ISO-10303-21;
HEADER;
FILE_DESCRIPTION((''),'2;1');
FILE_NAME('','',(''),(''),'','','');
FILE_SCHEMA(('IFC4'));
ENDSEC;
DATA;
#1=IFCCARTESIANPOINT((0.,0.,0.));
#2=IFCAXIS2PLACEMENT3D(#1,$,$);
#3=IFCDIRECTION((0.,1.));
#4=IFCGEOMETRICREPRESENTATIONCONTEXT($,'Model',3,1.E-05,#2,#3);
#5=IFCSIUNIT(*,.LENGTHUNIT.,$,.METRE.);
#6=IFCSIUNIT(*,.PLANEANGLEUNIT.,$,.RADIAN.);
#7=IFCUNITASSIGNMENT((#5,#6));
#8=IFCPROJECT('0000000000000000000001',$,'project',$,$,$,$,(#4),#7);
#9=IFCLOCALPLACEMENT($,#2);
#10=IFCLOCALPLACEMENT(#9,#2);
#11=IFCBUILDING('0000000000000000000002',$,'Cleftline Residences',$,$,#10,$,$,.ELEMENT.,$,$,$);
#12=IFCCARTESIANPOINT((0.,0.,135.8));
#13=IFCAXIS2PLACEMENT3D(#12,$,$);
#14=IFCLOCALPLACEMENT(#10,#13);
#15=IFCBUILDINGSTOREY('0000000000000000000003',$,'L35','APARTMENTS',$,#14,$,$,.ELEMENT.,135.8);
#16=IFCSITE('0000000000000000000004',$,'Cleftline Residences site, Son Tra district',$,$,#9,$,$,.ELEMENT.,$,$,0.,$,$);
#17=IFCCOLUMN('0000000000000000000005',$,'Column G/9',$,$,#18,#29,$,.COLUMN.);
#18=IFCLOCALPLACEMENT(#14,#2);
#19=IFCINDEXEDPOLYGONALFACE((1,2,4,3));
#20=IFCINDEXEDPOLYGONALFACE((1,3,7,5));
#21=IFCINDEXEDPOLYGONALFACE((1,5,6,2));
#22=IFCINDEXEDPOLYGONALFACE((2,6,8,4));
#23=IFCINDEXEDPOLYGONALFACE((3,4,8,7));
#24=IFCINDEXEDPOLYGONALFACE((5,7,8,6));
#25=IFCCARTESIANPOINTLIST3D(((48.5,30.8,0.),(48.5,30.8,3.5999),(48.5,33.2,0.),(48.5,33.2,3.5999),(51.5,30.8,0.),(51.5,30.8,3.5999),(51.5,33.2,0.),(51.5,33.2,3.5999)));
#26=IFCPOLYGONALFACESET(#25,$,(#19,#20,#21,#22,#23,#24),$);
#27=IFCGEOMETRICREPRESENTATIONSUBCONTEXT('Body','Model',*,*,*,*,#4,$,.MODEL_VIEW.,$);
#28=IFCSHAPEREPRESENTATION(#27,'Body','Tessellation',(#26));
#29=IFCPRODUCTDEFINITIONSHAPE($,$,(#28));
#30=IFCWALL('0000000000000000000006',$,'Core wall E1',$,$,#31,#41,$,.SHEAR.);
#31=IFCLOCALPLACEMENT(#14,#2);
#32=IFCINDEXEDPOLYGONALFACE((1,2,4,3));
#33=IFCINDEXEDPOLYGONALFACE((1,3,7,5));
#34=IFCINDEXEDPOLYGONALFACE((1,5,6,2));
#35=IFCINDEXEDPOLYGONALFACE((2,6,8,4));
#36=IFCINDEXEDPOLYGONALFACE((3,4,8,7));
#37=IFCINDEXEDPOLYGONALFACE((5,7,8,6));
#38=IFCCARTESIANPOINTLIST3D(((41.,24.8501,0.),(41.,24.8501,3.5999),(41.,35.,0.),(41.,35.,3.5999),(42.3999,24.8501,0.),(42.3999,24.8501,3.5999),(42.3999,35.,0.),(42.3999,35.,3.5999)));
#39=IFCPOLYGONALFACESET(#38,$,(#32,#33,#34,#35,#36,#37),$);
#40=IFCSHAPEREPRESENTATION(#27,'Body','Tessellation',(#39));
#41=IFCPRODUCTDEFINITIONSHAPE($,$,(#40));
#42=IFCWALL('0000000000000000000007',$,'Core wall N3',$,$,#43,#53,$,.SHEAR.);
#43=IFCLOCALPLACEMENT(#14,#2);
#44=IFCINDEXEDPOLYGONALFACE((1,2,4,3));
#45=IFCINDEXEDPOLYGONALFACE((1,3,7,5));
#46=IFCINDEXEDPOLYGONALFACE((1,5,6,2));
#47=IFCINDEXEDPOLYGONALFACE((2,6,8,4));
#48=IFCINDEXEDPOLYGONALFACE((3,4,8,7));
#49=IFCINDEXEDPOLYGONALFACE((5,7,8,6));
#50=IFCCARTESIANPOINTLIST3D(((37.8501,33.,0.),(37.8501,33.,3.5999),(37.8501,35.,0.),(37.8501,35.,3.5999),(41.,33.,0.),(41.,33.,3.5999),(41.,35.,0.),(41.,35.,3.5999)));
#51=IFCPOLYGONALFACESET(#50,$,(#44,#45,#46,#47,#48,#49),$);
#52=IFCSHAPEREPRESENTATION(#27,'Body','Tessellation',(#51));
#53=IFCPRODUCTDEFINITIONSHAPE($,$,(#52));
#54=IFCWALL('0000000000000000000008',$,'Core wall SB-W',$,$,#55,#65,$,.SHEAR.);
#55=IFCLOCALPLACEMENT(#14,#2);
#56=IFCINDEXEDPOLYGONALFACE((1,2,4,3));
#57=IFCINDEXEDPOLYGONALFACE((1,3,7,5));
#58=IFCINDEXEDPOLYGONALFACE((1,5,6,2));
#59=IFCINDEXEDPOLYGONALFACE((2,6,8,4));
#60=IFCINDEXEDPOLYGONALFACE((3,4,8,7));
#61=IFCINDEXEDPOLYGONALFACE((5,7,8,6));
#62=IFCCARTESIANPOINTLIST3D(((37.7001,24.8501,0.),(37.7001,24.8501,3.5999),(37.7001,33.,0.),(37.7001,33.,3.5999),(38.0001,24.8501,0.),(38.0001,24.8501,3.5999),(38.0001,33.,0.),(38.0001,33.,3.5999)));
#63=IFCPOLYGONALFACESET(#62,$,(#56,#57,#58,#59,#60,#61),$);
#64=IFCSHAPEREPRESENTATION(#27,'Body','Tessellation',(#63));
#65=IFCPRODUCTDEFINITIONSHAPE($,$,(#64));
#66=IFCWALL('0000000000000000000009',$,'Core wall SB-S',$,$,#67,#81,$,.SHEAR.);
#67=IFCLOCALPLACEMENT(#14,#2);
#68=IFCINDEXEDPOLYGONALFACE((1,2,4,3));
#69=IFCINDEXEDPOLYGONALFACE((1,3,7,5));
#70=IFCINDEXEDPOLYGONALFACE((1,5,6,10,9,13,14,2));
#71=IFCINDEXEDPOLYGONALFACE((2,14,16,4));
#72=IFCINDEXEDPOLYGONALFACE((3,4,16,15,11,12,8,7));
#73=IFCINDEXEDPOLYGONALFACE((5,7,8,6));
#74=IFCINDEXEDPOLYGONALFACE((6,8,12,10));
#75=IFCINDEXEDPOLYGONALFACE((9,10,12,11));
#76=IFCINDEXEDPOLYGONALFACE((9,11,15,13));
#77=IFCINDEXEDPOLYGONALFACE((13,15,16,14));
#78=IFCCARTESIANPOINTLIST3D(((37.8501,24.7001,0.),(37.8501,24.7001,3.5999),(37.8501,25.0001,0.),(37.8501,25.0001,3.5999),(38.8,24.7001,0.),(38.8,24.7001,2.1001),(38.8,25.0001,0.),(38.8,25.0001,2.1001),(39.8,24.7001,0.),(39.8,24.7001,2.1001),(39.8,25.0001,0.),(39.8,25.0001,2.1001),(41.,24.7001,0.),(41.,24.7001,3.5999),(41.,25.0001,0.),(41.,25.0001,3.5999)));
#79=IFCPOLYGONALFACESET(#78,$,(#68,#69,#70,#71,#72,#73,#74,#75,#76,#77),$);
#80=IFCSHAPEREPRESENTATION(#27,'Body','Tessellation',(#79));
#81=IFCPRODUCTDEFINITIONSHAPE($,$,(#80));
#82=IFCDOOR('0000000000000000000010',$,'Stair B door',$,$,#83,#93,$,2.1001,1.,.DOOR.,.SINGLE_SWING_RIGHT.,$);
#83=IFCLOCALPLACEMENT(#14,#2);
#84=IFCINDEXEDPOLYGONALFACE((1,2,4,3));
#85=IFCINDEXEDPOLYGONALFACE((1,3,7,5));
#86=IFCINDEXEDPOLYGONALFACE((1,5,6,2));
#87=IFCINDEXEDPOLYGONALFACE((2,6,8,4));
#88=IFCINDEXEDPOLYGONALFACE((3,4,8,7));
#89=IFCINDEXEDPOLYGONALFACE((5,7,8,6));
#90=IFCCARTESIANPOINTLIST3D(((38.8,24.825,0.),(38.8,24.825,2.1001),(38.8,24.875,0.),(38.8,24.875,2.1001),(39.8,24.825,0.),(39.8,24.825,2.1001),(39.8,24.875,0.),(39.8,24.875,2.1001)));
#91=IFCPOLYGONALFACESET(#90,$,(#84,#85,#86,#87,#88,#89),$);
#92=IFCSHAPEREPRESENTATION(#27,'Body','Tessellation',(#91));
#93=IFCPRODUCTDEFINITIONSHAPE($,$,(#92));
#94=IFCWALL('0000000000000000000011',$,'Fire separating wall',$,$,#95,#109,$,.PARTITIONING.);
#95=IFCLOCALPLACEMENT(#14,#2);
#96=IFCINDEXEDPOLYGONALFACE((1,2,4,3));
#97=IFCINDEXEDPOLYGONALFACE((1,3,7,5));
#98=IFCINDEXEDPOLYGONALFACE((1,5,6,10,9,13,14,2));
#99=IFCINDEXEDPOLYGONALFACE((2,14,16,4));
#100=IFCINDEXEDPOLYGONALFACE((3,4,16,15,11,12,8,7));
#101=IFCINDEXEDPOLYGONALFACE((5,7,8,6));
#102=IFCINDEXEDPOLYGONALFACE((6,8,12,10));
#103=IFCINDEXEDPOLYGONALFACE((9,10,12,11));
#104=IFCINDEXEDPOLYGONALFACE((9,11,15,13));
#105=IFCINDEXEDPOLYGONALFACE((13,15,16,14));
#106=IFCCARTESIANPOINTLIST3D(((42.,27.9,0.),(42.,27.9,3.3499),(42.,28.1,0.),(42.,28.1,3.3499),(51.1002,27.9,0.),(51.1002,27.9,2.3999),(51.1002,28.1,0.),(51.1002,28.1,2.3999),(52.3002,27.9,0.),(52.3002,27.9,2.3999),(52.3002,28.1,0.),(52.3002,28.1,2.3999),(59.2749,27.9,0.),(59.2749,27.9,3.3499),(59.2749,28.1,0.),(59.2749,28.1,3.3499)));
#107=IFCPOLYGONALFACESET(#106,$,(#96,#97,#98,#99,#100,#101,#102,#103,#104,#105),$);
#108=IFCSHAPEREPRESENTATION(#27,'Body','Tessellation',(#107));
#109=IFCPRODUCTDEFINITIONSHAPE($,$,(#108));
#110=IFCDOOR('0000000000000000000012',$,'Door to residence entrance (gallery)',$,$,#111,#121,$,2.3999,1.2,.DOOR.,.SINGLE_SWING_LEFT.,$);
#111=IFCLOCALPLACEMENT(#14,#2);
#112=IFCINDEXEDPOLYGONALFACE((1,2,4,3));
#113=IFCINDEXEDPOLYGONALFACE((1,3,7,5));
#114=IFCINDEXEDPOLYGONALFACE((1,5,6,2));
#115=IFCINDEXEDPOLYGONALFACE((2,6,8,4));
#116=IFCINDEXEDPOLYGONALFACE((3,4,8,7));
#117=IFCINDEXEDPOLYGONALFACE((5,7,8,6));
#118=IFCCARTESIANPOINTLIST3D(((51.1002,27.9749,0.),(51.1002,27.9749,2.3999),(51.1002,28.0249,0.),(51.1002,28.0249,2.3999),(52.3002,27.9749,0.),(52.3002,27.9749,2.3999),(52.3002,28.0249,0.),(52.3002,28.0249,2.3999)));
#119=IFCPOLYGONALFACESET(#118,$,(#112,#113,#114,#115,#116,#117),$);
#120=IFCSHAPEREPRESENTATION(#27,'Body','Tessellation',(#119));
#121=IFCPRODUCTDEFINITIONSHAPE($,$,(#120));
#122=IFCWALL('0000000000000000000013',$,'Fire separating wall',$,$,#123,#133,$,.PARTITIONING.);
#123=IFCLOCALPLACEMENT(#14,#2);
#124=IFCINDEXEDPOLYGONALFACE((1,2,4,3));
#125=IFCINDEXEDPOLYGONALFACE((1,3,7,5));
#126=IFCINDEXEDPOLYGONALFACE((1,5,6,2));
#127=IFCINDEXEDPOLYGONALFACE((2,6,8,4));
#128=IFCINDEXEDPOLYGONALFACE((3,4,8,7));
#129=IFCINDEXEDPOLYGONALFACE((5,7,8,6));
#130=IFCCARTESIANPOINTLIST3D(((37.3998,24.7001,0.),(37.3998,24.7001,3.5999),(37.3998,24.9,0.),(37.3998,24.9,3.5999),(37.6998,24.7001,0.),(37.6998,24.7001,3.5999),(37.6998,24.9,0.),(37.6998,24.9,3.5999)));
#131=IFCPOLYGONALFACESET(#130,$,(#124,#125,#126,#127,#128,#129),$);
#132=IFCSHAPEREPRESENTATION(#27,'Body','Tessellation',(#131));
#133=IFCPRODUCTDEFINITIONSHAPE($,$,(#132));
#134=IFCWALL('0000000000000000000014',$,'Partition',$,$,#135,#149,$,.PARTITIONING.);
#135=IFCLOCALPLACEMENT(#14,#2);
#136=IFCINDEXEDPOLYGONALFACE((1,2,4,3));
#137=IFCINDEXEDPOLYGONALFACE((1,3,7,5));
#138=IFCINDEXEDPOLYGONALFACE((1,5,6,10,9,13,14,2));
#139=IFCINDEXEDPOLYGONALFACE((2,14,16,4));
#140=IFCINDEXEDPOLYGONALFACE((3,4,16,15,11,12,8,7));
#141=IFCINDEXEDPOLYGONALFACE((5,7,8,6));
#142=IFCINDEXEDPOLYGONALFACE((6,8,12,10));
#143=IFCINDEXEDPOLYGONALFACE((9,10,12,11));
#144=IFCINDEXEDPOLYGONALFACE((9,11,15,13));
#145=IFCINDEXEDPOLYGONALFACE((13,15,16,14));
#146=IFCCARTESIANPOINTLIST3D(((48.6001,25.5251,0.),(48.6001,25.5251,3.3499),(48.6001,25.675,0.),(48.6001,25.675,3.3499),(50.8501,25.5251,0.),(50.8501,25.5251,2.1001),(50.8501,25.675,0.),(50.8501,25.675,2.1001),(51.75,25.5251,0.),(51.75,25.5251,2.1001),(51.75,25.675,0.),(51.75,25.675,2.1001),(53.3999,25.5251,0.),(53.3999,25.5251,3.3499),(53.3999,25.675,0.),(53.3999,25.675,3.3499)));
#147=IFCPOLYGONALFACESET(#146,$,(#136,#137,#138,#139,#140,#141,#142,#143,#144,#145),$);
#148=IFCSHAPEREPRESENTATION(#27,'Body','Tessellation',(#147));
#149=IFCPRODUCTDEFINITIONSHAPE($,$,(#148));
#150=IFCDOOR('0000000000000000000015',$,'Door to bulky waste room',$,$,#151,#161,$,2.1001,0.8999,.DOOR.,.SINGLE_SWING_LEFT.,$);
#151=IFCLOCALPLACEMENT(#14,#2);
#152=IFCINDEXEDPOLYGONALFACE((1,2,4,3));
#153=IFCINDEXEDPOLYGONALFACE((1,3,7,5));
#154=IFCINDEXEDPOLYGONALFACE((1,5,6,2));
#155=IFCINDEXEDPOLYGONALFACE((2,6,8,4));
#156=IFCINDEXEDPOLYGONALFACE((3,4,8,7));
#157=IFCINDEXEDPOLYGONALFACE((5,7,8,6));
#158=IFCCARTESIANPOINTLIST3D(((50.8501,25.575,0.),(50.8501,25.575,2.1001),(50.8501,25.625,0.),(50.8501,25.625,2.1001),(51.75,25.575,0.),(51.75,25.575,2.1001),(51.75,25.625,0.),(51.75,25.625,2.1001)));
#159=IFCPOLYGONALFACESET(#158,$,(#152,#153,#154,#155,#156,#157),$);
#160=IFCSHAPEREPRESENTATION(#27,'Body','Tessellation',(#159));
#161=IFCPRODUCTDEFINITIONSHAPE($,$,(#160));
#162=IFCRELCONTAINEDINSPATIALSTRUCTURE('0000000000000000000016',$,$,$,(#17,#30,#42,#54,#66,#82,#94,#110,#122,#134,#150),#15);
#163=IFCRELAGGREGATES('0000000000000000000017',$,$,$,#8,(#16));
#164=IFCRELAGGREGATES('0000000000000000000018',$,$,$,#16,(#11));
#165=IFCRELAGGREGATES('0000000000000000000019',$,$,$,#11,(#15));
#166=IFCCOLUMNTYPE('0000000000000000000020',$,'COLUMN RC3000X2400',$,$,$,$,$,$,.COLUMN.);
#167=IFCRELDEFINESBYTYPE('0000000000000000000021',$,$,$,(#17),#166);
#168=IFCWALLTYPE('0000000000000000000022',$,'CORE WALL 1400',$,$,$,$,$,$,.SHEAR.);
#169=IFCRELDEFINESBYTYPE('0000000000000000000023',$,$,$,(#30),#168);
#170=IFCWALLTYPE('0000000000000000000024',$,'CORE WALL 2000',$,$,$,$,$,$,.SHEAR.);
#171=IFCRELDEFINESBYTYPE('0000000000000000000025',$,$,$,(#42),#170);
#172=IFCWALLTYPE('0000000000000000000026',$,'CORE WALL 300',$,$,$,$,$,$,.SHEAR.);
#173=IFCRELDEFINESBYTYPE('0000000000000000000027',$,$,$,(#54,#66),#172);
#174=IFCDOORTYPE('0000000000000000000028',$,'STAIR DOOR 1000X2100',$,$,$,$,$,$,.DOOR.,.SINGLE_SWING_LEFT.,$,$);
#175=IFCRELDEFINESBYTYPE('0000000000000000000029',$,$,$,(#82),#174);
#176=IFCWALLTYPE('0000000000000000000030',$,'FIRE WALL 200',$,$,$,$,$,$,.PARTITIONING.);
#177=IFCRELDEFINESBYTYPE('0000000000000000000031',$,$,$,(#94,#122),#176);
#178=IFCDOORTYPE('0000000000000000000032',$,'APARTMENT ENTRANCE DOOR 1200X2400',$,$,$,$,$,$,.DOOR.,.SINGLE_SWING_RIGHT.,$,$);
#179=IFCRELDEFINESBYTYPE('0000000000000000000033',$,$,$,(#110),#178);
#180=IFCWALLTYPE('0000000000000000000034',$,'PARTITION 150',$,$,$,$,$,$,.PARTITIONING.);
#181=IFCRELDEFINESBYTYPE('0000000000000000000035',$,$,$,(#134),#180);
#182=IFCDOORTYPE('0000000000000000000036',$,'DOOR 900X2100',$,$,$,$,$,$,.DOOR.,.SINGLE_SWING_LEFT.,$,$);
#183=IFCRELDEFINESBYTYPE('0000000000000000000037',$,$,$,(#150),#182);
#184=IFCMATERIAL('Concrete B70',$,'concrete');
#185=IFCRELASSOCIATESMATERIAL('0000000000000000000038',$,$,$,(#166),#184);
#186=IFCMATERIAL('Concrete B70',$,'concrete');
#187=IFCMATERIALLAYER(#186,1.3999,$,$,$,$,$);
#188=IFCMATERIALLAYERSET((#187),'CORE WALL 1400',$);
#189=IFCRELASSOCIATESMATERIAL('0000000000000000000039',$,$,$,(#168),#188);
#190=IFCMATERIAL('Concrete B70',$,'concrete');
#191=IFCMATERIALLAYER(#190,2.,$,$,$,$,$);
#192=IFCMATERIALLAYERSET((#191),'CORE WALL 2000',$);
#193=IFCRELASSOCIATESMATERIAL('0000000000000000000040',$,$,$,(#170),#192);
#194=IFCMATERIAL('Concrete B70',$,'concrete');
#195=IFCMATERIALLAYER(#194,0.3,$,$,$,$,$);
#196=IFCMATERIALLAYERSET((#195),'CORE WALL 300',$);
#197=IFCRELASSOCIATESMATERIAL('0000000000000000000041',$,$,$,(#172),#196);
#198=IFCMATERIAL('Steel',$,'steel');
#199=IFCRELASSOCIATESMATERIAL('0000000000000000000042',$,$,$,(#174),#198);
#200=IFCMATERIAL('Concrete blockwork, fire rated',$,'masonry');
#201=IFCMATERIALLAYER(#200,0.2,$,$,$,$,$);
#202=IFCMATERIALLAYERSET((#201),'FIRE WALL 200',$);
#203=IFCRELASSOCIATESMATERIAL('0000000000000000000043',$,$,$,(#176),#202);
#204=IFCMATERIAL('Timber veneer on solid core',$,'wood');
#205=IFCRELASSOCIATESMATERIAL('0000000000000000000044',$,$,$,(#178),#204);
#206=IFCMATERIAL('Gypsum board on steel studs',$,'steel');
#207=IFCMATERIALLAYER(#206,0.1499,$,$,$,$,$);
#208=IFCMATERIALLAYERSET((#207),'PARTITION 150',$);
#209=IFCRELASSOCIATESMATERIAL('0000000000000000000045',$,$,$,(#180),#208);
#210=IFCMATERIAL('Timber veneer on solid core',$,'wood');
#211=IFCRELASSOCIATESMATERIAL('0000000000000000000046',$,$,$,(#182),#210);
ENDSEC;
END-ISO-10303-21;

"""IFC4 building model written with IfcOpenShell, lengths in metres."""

from ifc_helpers import new_model, si_unit, direction, frame, frame_2d, origin, origin_2d, place, context, subcontext, project, spatial, rectangle, extrude, material, layer, layer_set, material_profile, profile_set, type_object, element, fill, save


model = new_model("IFC4")

# Units and contexts
model_context = context("Model", 3, precision=1e-05, world=origin(), true_north=direction((0.0, 1.0)))
body_context = subcontext(model_context, "Body", "Model", "MODEL_VIEW")
ifc_project = project(units=[si_unit("LENGTHUNIT", "METRE"), si_unit("PLANEANGLEUNIT", "RADIAN")], contexts=[model_context])

# Site, building, storey
site_placement = place(None, origin())
site = spatial("IfcSite", under=ifc_project, at=site_placement, Name="Cleftline Residences site, Son Tra district", CompositionType="ELEMENT", RefElevation=0.0)
building_placement = place(site_placement, origin())
building = spatial("IfcBuilding", under=site, at=building_placement, Name="Cleftline Residences", CompositionType="ELEMENT")
storey_placement = place(building_placement, frame((0.0, 0.0, 135.8)))
storey = spatial("IfcBuildingStorey", under=building, at=storey_placement, Name="L35", Description="APARTMENTS", CompositionType="ELEMENT", Elevation=135.8)

# Column
ifc_material_1 = material(Name="Concrete B70", Category="concrete")
ifc_material_profile = material_profile(ifc_material_1, rectangle(XDim=3.0, YDim=2.3999, at=origin_2d()))
ifc_profile_set = profile_set([ifc_material_profile], Name="Concrete B70")
column_type = type_object("IfcColumnType", Name="COLUMN RC3000X2400", PredefinedType="COLUMN", material=ifc_profile_set)
column_placement = place(storey_placement, frame((50.0, 32.0, 0.0), z_axis=(0.0, 0.0, 1.0), x_axis=(1.0, 0.0, 0.0)))
element("IfcColumn", 1, at=column_placement, inside=storey, type_object=column_type, Name="Column G/9", PredefinedType="COLUMN", context=body_context, shape_type="SweptSolid", body=[
    extrude(rectangle(XDim=3.0, YDim=2.3999, at=origin_2d()), origin(), (0.0, 0.0, 1.0), 3.5999),
])

# Walls
ifc_material_2 = material(Name="Concrete B70", Category="concrete")
ifc_layer_1 = layer(ifc_material_2, 1.3999)
ifc_layer_set_1 = layer_set([ifc_layer_1], Name="CORE WALL 1400")
wall_type_1 = type_object("IfcWallType", Name="CORE WALL 1400", PredefinedType="SHEAR", material=ifc_layer_set_1)
wall_1_placement = place(storey_placement, frame((41.7, 24.8501, 0.0), z_axis=(0.0, 0.0, 1.0), x_axis=(0.0, 1.0, 0.0)))
element("IfcWall", 2, at=wall_1_placement, inside=storey, type_object=wall_type_1, Name="Core wall E1", PredefinedType="SHEAR", context=body_context, shape_type="SweptSolid", body=[
    extrude(rectangle(XDim=10.1499, YDim=1.3999, at=frame_2d((5.075, 0.0))), origin(), (0.0, 0.0, 1.0), 3.5999),
])
ifc_material_3 = material(Name="Concrete B70", Category="concrete")
ifc_layer_2 = layer(ifc_material_3, 2.0)
ifc_layer_set_2 = layer_set([ifc_layer_2], Name="CORE WALL 2000")
wall_type_2 = type_object("IfcWallType", Name="CORE WALL 2000", PredefinedType="SHEAR", material=ifc_layer_set_2)
wall_2_placement = place(storey_placement, frame((37.8501, 34.0, 0.0), z_axis=(0.0, 0.0, 1.0), x_axis=(1.0, 0.0, 0.0)))
element("IfcWall", 3, at=wall_2_placement, inside=storey, type_object=wall_type_2, Name="Core wall N3", PredefinedType="SHEAR", context=body_context, shape_type="SweptSolid", body=[
    extrude(rectangle(XDim=3.1499, YDim=2.0, at=frame_2d((1.575, 0.0))), origin(), (0.0, 0.0, 1.0), 3.5999),
])
ifc_material_4 = material(Name="Concrete B70", Category="concrete")
ifc_layer_3 = layer(ifc_material_4, 0.3)
ifc_layer_set_3 = layer_set([ifc_layer_3], Name="CORE WALL 300")
wall_type_3 = type_object("IfcWallType", Name="CORE WALL 300", PredefinedType="SHEAR", material=ifc_layer_set_3)
wall_3_placement = place(storey_placement, frame((37.8501, 24.8501, 0.0), z_axis=(0.0, 0.0, 1.0), x_axis=(0.0, 1.0, 0.0)))
element("IfcWall", 4, at=wall_3_placement, inside=storey, type_object=wall_type_3, Name="Core wall SB-W", PredefinedType="SHEAR", context=body_context, shape_type="SweptSolid", body=[
    extrude(rectangle(XDim=8.1499, YDim=0.3, at=frame_2d((4.075, 0.0))), origin(), (0.0, 0.0, 1.0), 3.5999),
])

# Walls, openings, doors
wall_4_placement = place(storey_placement, frame((37.8501, 24.8501, 0.0), z_axis=(0.0, 0.0, 1.0), x_axis=(1.0, 0.0, 0.0)))
wall_4 = element("IfcWall", 5, at=wall_4_placement, inside=storey, type_object=wall_type_3, Name="Core wall SB-S", PredefinedType="SHEAR", context=body_context, shape_type="SweptSolid", body=[
    extrude(rectangle(XDim=3.1499, YDim=0.3, at=frame_2d((1.575, 0.0))), origin(), (0.0, 0.0, 1.0), 3.5999),
])
opening_1_placement = place(wall_4_placement, frame((0.95, 0.0, 0.0)))
opening_1 = element("IfcOpeningElement", 6, at=opening_1_placement, cuts=wall_4, PredefinedType="OPENING", context=body_context, shape_type="SweptSolid", body=[
    extrude(rectangle(XDim=1.0, YDim=2.1001, at=frame_2d((0.5, 1.05))), frame((0.0, 0.1599, 0.0), z_axis=(0.0, -1.0, 0.0), x_axis=(1.0, 0.0, 0.0)), (0.0, 0.0, 1.0), 0.3201),
])
ifc_material_5 = material(Name="Steel", Category="steel")
door_type_1 = type_object("IfcDoorType", Name="STAIR DOOR 1000X2100", OperationType="SINGLE_SWING_LEFT", PredefinedType="DOOR", material=ifc_material_5)
door_1_placement = place(opening_1_placement, origin())
door_1 = element("IfcDoor", 7, at=door_1_placement, inside=storey, type_object=door_type_1, Name="Stair B door", OperationType="SINGLE_SWING_RIGHT", OverallHeight=2.1001, OverallWidth=1.0, PredefinedType="DOOR", context=body_context, shape_type="SweptSolid", body=[
    extrude(rectangle(XDim=1.0, YDim=2.1001, at=frame_2d((0.5, 1.05))), frame((0.0, 0.0249, 0.0), z_axis=(0.0, -1.0, 0.0), x_axis=(1.0, 0.0, 0.0)), (0.0, 0.0, 1.0), 0.05),
])
fill(opening_1, door_1)
ifc_material_6 = material(Name="Concrete blockwork, fire rated", Category="masonry")
ifc_layer_4 = layer(ifc_material_6, 0.2)
ifc_layer_set_4 = layer_set([ifc_layer_4], Name="FIRE WALL 200")
wall_type_4 = type_object("IfcWallType", Name="FIRE WALL 200", PredefinedType="PARTITIONING", material=ifc_layer_set_4)
wall_5_placement = place(storey_placement, frame((42.0, 28.0, 0.0), z_axis=(0.0, 0.0, 1.0), x_axis=(1.0, 0.0, 0.0)))
wall_5 = element("IfcWall", 8, at=wall_5_placement, inside=storey, type_object=wall_type_4, Name="Fire separating wall", PredefinedType="PARTITIONING", context=body_context, shape_type="SweptSolid", body=[
    extrude(rectangle(XDim=17.2749, YDim=0.2, at=frame_2d((8.6375, 0.0))), origin(), (0.0, 0.0, 1.0), 3.3499),
])
opening_2_placement = place(wall_5_placement, frame((9.1001, 0.0, 0.0)))
opening_2 = element("IfcOpeningElement", 9, at=opening_2_placement, cuts=wall_5, PredefinedType="OPENING", context=body_context, shape_type="SweptSolid", body=[
    extrude(rectangle(XDim=1.2, YDim=2.3999, at=frame_2d((0.6001, 1.2))), frame((0.0, 0.1099, 0.0), z_axis=(0.0, -1.0, 0.0), x_axis=(1.0, 0.0, 0.0)), (0.0, 0.0, 1.0), 0.22),
])
ifc_material_7 = material(Name="Timber veneer on solid core", Category="wood")
door_type_2 = type_object("IfcDoorType", Name="APARTMENT ENTRANCE DOOR 1200X2400", OperationType="SINGLE_SWING_RIGHT", PredefinedType="DOOR", material=ifc_material_7)
door_2_placement = place(opening_2_placement, origin())
door_2 = element("IfcDoor", 10, at=door_2_placement, inside=storey, type_object=door_type_2, Name="Door to residence entrance (gallery)", OperationType="SINGLE_SWING_LEFT", OverallHeight=2.3999, OverallWidth=1.2, PredefinedType="DOOR", context=body_context, shape_type="SweptSolid", body=[
    extrude(rectangle(XDim=1.2, YDim=2.3999, at=frame_2d((0.6001, 1.2))), frame((0.0, 0.0249, 0.0), z_axis=(0.0, -1.0, 0.0), x_axis=(1.0, 0.0, 0.0)), (0.0, 0.0, 1.0), 0.05),
])
fill(opening_2, door_2)

# Wall
wall_6_placement = place(storey_placement, frame((37.3999, 24.8, 0.0), z_axis=(0.0, 0.0, 1.0), x_axis=(1.0, 0.0, 0.0)))
element("IfcWall", 11, at=wall_6_placement, inside=storey, type_object=wall_type_4, Name="Fire separating wall", PredefinedType="PARTITIONING", context=body_context, shape_type="SweptSolid", body=[
    extrude(rectangle(XDim=0.3, YDim=0.2, at=frame_2d((0.1499, 0.0))), origin(), (0.0, 0.0, 1.0), 3.5999),
])

# Wall, opening, door
ifc_material_8 = material(Name="Gypsum board on steel studs", Category="steel")
ifc_layer_5 = layer(ifc_material_8, 0.1499)
ifc_layer_set_5 = layer_set([ifc_layer_5], Name="PARTITION 150")
wall_type_5 = type_object("IfcWallType", Name="PARTITION 150", PredefinedType="PARTITIONING", material=ifc_layer_set_5)
wall_7_placement = place(storey_placement, frame((48.6001, 25.6001, 0.0), z_axis=(0.0, 0.0, 1.0), x_axis=(1.0, 0.0, 0.0)))
wall_7 = element("IfcWall", 12, at=wall_7_placement, inside=storey, type_object=wall_type_5, Name="Partition", PredefinedType="PARTITIONING", context=body_context, shape_type="SweptSolid", body=[
    extrude(rectangle(XDim=4.7998, YDim=0.1499, at=frame_2d((2.3999, 0.0))), origin(), (0.0, 0.0, 1.0), 3.3499),
])
opening_3_placement = place(wall_7_placement, frame((2.25, 0.0, 0.0)))
opening_3 = element("IfcOpeningElement", 13, at=opening_3_placement, cuts=wall_7, PredefinedType="OPENING", context=body_context, shape_type="SweptSolid", body=[
    extrude(rectangle(XDim=0.8999, YDim=2.1001, at=frame_2d((0.45, 1.05))), frame((0.0, 0.085, 0.0), z_axis=(0.0, -1.0, 0.0), x_axis=(1.0, 0.0, 0.0)), (0.0, 0.0, 1.0), 0.1699),
])
ifc_material_9 = material(Name="Timber veneer on solid core", Category="wood")
door_type_3 = type_object("IfcDoorType", Name="DOOR 900X2100", OperationType="SINGLE_SWING_LEFT", PredefinedType="DOOR", material=ifc_material_9)
door_3_placement = place(opening_3_placement, origin())
door_3 = element("IfcDoor", 14, at=door_3_placement, inside=storey, type_object=door_type_3, Name="Door to bulky waste room", OperationType="SINGLE_SWING_LEFT", OverallHeight=2.1001, OverallWidth=0.8999, PredefinedType="DOOR", context=body_context, shape_type="SweptSolid", body=[
    extrude(rectangle(XDim=0.8999, YDim=2.1001, at=frame_2d((0.45, 1.05))), frame((0.0, 0.0249, 0.0), z_axis=(0.0, -1.0, 0.0), x_axis=(1.0, 0.0, 0.0)), (0.0, 0.0, 1.0), 0.05),
])
fill(opening_3, door_3)

save(model, "model.ifc")
